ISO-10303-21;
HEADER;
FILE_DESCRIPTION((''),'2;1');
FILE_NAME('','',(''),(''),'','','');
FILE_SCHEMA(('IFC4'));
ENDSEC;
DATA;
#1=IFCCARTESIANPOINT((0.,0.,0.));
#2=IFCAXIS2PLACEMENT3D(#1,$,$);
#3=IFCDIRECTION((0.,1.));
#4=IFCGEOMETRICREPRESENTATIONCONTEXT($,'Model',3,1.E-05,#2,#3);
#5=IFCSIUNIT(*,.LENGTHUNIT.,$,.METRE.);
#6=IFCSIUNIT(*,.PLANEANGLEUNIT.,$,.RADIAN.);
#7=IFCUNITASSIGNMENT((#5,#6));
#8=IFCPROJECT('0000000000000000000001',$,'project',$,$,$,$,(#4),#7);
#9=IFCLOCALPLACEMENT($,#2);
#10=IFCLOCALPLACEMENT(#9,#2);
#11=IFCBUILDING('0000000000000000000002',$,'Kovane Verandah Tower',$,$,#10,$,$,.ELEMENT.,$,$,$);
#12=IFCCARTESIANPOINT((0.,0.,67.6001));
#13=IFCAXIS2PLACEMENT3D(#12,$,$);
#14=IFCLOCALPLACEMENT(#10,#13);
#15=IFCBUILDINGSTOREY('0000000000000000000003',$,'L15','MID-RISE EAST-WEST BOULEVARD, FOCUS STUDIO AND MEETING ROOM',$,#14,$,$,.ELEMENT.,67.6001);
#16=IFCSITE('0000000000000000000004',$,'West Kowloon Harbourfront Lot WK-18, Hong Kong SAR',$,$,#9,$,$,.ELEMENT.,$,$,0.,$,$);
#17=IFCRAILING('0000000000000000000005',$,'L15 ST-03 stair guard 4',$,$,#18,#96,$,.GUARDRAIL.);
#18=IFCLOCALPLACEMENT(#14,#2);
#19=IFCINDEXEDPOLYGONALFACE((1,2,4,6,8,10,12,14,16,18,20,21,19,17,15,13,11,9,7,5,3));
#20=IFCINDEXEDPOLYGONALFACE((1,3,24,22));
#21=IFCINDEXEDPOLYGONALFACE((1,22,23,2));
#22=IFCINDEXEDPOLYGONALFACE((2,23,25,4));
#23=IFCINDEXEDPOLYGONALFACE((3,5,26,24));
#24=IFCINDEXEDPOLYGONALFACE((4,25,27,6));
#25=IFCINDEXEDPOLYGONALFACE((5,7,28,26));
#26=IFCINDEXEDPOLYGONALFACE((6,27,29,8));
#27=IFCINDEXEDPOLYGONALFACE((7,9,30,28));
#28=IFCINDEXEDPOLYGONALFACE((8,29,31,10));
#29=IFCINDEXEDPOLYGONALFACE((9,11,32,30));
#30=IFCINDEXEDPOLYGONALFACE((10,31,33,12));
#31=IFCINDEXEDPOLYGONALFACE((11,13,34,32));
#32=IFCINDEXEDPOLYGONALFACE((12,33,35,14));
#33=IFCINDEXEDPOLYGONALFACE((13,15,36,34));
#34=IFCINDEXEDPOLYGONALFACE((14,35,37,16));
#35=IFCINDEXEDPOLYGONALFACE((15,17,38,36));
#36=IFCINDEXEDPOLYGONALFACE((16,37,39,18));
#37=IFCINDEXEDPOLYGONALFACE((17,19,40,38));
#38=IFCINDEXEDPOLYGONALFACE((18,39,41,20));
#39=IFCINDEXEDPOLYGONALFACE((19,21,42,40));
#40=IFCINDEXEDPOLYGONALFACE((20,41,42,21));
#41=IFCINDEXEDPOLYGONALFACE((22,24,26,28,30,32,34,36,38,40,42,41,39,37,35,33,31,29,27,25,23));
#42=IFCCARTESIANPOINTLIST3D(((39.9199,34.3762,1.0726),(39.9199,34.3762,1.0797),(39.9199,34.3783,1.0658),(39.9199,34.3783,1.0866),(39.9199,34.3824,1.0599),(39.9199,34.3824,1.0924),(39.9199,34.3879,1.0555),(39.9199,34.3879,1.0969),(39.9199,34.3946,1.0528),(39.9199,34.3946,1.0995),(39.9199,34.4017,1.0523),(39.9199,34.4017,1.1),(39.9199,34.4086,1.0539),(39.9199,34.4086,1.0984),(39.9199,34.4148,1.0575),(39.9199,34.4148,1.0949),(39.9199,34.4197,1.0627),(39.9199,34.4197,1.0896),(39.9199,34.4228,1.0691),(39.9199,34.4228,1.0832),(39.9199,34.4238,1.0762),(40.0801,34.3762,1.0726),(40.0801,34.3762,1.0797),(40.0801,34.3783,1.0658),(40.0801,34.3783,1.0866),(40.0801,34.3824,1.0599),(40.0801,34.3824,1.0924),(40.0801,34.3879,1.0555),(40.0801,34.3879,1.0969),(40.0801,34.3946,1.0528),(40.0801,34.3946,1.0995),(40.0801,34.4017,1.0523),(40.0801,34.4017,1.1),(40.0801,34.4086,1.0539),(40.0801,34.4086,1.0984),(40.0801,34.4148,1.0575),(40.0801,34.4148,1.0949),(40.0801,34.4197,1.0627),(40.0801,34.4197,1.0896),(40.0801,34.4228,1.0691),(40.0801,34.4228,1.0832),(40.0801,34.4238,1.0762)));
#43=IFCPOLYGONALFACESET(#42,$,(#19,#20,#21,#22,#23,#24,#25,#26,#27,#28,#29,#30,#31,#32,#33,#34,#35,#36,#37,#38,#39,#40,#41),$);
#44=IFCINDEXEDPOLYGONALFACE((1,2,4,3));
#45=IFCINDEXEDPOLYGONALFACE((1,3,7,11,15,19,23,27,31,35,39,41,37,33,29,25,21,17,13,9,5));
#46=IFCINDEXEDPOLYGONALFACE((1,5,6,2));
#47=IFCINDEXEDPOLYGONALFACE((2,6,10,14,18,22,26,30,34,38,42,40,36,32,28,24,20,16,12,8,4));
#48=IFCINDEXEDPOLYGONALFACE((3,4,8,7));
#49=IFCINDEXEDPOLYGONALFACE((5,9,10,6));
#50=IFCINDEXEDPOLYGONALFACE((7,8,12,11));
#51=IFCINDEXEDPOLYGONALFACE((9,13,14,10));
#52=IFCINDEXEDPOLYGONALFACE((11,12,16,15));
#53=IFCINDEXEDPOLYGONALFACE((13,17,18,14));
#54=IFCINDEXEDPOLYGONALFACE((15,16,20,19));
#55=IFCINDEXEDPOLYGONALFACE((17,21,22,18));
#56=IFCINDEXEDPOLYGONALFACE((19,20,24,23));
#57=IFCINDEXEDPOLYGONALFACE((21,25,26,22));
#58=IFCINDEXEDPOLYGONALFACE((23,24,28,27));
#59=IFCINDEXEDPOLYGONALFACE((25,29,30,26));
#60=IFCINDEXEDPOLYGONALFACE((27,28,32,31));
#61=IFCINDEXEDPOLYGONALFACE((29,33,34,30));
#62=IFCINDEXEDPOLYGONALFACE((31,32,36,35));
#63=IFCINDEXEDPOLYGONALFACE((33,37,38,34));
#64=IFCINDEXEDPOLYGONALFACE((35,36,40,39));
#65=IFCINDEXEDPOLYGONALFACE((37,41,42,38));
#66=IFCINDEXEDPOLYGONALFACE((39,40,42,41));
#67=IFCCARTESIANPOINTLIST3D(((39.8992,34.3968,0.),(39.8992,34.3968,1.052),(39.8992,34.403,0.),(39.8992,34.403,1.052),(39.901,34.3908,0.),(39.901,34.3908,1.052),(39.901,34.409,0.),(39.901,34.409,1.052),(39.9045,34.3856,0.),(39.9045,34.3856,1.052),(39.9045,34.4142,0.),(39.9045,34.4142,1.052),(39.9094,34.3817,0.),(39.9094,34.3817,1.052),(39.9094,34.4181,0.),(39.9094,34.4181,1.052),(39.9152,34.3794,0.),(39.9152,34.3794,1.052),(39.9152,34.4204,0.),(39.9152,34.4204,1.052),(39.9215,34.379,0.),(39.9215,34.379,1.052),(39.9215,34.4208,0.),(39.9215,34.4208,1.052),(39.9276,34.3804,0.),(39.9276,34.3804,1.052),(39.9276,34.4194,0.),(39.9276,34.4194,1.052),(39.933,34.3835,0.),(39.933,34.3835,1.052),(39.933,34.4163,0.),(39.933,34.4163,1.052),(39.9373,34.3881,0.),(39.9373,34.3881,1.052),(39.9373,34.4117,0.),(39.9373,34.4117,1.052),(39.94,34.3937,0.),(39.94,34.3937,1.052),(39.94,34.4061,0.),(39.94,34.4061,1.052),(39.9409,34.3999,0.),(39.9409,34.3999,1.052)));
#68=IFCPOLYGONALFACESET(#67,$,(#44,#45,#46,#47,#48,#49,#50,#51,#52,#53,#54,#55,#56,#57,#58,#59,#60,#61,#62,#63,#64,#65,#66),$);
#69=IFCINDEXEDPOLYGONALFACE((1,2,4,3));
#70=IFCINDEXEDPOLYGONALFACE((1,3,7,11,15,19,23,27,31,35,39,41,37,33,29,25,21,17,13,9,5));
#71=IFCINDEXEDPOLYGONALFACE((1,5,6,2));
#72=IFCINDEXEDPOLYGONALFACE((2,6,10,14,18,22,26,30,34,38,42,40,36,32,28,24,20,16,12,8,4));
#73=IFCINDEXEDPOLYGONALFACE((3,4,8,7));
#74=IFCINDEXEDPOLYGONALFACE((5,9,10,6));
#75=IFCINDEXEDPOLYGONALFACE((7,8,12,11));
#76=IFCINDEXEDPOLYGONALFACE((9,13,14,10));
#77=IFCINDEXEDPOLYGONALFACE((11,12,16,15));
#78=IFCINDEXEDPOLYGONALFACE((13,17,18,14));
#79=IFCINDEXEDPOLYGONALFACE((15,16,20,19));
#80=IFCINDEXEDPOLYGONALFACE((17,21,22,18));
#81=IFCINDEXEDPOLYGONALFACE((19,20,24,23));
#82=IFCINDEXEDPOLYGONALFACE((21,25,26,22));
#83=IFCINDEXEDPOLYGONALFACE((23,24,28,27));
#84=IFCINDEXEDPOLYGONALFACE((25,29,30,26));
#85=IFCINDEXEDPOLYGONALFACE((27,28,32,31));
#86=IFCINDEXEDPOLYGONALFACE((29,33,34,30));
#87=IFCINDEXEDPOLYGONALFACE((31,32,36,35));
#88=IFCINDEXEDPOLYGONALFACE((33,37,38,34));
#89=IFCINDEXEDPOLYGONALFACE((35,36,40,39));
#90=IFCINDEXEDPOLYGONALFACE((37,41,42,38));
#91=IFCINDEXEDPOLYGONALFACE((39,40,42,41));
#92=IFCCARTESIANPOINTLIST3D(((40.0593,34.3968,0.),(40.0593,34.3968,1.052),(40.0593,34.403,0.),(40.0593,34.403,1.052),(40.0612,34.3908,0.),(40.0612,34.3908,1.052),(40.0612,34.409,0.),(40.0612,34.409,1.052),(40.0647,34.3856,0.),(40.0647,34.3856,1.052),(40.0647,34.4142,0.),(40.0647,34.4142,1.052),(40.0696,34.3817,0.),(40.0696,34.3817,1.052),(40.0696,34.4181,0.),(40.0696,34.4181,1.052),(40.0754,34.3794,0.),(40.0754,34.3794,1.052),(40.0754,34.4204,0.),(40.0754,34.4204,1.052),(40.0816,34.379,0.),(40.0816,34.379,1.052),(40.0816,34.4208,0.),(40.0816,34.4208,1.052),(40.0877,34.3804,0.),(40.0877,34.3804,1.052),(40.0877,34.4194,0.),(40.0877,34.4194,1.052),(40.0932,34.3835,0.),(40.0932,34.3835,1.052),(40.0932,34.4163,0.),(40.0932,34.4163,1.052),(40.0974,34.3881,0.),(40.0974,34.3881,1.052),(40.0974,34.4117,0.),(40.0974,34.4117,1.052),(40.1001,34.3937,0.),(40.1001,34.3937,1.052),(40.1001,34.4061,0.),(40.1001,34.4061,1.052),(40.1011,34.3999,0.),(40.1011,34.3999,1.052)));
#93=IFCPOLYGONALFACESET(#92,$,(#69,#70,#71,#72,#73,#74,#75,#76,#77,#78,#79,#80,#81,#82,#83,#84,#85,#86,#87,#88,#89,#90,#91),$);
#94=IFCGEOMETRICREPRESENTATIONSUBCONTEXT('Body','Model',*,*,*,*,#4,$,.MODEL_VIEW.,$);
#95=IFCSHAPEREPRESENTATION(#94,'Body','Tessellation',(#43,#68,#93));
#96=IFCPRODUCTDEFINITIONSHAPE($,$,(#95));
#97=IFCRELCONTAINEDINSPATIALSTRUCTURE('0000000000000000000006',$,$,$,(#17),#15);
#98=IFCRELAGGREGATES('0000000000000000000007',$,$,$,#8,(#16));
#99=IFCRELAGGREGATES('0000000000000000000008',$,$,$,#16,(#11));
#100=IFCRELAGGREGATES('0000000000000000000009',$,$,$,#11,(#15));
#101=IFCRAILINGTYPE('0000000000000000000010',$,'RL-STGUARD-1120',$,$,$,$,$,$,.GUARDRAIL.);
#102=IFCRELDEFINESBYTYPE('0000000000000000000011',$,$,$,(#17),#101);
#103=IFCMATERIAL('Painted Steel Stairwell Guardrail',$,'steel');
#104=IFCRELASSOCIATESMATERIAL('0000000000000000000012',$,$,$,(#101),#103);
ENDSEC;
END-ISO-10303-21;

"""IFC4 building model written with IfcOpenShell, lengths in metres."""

from ifc_helpers import new_model, si_unit, direction, frame, origin, origin_2d, place, context, subcontext, project, spatial, circle, extrude, material, type_object, element, save


model = new_model("IFC4")

# Units and contexts
model_context = context("Model", 3, precision=1e-05, world=origin(), true_north=direction((0.0, 1.0)))
body_context = subcontext(model_context, "Body", "Model", "MODEL_VIEW")
ifc_project = project(units=[si_unit("LENGTHUNIT", "METRE"), si_unit("PLANEANGLEUNIT", "RADIAN")], contexts=[model_context])

# Site, building, storey
site_placement = place(None, origin())
site = spatial("IfcSite", under=ifc_project, at=site_placement, Name="West Kowloon Harbourfront Lot WK-18, Hong Kong SAR", CompositionType="ELEMENT", RefElevation=0.0)
building_placement = place(site_placement, origin())
building = spatial("IfcBuilding", under=site, at=building_placement, Name="Kovane Verandah Tower", CompositionType="ELEMENT")
storey_placement = place(building_placement, frame((0.0, 0.0, 67.6001)))
storey = spatial("IfcBuildingStorey", under=building, at=storey_placement, Name="L15", Description="MID-RISE EAST-WEST BOULEVARD, FOCUS STUDIO AND MEETING ROOM", CompositionType="ELEMENT", Elevation=67.6001)

# Railing
ifc_material_1 = material(Name="Painted Steel Stairwell Guardrail", Category="steel")
railing_type_1 = type_object("IfcRailingType", Name="RL-STGUARD-1120", PredefinedType="GUARDRAIL", material=ifc_material_1)
railing_1_placement = place(storey_placement, frame((39.9199, 34.3999, 0.0)))
element("IfcRailing", 1, at=railing_1_placement, inside=storey, type_object=railing_type_1, Name="L15 ST-03 stair guard 4", PredefinedType="GUARDRAIL", context=body_context, shape_type="SweptSolid", body=[
    extrude(circle(Radius=0.0239, at=origin_2d()), frame((0.0, 0.0, 1.0762), z_axis=(1.0, 0.0, 0.0), x_axis=(0.0, 1.0, 0.0)), (0.0, 0.0, 1.0), 0.1602),
    extrude(circle(Radius=0.021, at=origin_2d()), origin(), (0.0, 0.0, 1.0), 1.052),
    extrude(circle(Radius=0.021, at=origin_2d()), frame((0.1602, 0.0, 0.0)), (0.0, 0.0, 1.0), 1.052),
])

save(model, "model.ifc")
